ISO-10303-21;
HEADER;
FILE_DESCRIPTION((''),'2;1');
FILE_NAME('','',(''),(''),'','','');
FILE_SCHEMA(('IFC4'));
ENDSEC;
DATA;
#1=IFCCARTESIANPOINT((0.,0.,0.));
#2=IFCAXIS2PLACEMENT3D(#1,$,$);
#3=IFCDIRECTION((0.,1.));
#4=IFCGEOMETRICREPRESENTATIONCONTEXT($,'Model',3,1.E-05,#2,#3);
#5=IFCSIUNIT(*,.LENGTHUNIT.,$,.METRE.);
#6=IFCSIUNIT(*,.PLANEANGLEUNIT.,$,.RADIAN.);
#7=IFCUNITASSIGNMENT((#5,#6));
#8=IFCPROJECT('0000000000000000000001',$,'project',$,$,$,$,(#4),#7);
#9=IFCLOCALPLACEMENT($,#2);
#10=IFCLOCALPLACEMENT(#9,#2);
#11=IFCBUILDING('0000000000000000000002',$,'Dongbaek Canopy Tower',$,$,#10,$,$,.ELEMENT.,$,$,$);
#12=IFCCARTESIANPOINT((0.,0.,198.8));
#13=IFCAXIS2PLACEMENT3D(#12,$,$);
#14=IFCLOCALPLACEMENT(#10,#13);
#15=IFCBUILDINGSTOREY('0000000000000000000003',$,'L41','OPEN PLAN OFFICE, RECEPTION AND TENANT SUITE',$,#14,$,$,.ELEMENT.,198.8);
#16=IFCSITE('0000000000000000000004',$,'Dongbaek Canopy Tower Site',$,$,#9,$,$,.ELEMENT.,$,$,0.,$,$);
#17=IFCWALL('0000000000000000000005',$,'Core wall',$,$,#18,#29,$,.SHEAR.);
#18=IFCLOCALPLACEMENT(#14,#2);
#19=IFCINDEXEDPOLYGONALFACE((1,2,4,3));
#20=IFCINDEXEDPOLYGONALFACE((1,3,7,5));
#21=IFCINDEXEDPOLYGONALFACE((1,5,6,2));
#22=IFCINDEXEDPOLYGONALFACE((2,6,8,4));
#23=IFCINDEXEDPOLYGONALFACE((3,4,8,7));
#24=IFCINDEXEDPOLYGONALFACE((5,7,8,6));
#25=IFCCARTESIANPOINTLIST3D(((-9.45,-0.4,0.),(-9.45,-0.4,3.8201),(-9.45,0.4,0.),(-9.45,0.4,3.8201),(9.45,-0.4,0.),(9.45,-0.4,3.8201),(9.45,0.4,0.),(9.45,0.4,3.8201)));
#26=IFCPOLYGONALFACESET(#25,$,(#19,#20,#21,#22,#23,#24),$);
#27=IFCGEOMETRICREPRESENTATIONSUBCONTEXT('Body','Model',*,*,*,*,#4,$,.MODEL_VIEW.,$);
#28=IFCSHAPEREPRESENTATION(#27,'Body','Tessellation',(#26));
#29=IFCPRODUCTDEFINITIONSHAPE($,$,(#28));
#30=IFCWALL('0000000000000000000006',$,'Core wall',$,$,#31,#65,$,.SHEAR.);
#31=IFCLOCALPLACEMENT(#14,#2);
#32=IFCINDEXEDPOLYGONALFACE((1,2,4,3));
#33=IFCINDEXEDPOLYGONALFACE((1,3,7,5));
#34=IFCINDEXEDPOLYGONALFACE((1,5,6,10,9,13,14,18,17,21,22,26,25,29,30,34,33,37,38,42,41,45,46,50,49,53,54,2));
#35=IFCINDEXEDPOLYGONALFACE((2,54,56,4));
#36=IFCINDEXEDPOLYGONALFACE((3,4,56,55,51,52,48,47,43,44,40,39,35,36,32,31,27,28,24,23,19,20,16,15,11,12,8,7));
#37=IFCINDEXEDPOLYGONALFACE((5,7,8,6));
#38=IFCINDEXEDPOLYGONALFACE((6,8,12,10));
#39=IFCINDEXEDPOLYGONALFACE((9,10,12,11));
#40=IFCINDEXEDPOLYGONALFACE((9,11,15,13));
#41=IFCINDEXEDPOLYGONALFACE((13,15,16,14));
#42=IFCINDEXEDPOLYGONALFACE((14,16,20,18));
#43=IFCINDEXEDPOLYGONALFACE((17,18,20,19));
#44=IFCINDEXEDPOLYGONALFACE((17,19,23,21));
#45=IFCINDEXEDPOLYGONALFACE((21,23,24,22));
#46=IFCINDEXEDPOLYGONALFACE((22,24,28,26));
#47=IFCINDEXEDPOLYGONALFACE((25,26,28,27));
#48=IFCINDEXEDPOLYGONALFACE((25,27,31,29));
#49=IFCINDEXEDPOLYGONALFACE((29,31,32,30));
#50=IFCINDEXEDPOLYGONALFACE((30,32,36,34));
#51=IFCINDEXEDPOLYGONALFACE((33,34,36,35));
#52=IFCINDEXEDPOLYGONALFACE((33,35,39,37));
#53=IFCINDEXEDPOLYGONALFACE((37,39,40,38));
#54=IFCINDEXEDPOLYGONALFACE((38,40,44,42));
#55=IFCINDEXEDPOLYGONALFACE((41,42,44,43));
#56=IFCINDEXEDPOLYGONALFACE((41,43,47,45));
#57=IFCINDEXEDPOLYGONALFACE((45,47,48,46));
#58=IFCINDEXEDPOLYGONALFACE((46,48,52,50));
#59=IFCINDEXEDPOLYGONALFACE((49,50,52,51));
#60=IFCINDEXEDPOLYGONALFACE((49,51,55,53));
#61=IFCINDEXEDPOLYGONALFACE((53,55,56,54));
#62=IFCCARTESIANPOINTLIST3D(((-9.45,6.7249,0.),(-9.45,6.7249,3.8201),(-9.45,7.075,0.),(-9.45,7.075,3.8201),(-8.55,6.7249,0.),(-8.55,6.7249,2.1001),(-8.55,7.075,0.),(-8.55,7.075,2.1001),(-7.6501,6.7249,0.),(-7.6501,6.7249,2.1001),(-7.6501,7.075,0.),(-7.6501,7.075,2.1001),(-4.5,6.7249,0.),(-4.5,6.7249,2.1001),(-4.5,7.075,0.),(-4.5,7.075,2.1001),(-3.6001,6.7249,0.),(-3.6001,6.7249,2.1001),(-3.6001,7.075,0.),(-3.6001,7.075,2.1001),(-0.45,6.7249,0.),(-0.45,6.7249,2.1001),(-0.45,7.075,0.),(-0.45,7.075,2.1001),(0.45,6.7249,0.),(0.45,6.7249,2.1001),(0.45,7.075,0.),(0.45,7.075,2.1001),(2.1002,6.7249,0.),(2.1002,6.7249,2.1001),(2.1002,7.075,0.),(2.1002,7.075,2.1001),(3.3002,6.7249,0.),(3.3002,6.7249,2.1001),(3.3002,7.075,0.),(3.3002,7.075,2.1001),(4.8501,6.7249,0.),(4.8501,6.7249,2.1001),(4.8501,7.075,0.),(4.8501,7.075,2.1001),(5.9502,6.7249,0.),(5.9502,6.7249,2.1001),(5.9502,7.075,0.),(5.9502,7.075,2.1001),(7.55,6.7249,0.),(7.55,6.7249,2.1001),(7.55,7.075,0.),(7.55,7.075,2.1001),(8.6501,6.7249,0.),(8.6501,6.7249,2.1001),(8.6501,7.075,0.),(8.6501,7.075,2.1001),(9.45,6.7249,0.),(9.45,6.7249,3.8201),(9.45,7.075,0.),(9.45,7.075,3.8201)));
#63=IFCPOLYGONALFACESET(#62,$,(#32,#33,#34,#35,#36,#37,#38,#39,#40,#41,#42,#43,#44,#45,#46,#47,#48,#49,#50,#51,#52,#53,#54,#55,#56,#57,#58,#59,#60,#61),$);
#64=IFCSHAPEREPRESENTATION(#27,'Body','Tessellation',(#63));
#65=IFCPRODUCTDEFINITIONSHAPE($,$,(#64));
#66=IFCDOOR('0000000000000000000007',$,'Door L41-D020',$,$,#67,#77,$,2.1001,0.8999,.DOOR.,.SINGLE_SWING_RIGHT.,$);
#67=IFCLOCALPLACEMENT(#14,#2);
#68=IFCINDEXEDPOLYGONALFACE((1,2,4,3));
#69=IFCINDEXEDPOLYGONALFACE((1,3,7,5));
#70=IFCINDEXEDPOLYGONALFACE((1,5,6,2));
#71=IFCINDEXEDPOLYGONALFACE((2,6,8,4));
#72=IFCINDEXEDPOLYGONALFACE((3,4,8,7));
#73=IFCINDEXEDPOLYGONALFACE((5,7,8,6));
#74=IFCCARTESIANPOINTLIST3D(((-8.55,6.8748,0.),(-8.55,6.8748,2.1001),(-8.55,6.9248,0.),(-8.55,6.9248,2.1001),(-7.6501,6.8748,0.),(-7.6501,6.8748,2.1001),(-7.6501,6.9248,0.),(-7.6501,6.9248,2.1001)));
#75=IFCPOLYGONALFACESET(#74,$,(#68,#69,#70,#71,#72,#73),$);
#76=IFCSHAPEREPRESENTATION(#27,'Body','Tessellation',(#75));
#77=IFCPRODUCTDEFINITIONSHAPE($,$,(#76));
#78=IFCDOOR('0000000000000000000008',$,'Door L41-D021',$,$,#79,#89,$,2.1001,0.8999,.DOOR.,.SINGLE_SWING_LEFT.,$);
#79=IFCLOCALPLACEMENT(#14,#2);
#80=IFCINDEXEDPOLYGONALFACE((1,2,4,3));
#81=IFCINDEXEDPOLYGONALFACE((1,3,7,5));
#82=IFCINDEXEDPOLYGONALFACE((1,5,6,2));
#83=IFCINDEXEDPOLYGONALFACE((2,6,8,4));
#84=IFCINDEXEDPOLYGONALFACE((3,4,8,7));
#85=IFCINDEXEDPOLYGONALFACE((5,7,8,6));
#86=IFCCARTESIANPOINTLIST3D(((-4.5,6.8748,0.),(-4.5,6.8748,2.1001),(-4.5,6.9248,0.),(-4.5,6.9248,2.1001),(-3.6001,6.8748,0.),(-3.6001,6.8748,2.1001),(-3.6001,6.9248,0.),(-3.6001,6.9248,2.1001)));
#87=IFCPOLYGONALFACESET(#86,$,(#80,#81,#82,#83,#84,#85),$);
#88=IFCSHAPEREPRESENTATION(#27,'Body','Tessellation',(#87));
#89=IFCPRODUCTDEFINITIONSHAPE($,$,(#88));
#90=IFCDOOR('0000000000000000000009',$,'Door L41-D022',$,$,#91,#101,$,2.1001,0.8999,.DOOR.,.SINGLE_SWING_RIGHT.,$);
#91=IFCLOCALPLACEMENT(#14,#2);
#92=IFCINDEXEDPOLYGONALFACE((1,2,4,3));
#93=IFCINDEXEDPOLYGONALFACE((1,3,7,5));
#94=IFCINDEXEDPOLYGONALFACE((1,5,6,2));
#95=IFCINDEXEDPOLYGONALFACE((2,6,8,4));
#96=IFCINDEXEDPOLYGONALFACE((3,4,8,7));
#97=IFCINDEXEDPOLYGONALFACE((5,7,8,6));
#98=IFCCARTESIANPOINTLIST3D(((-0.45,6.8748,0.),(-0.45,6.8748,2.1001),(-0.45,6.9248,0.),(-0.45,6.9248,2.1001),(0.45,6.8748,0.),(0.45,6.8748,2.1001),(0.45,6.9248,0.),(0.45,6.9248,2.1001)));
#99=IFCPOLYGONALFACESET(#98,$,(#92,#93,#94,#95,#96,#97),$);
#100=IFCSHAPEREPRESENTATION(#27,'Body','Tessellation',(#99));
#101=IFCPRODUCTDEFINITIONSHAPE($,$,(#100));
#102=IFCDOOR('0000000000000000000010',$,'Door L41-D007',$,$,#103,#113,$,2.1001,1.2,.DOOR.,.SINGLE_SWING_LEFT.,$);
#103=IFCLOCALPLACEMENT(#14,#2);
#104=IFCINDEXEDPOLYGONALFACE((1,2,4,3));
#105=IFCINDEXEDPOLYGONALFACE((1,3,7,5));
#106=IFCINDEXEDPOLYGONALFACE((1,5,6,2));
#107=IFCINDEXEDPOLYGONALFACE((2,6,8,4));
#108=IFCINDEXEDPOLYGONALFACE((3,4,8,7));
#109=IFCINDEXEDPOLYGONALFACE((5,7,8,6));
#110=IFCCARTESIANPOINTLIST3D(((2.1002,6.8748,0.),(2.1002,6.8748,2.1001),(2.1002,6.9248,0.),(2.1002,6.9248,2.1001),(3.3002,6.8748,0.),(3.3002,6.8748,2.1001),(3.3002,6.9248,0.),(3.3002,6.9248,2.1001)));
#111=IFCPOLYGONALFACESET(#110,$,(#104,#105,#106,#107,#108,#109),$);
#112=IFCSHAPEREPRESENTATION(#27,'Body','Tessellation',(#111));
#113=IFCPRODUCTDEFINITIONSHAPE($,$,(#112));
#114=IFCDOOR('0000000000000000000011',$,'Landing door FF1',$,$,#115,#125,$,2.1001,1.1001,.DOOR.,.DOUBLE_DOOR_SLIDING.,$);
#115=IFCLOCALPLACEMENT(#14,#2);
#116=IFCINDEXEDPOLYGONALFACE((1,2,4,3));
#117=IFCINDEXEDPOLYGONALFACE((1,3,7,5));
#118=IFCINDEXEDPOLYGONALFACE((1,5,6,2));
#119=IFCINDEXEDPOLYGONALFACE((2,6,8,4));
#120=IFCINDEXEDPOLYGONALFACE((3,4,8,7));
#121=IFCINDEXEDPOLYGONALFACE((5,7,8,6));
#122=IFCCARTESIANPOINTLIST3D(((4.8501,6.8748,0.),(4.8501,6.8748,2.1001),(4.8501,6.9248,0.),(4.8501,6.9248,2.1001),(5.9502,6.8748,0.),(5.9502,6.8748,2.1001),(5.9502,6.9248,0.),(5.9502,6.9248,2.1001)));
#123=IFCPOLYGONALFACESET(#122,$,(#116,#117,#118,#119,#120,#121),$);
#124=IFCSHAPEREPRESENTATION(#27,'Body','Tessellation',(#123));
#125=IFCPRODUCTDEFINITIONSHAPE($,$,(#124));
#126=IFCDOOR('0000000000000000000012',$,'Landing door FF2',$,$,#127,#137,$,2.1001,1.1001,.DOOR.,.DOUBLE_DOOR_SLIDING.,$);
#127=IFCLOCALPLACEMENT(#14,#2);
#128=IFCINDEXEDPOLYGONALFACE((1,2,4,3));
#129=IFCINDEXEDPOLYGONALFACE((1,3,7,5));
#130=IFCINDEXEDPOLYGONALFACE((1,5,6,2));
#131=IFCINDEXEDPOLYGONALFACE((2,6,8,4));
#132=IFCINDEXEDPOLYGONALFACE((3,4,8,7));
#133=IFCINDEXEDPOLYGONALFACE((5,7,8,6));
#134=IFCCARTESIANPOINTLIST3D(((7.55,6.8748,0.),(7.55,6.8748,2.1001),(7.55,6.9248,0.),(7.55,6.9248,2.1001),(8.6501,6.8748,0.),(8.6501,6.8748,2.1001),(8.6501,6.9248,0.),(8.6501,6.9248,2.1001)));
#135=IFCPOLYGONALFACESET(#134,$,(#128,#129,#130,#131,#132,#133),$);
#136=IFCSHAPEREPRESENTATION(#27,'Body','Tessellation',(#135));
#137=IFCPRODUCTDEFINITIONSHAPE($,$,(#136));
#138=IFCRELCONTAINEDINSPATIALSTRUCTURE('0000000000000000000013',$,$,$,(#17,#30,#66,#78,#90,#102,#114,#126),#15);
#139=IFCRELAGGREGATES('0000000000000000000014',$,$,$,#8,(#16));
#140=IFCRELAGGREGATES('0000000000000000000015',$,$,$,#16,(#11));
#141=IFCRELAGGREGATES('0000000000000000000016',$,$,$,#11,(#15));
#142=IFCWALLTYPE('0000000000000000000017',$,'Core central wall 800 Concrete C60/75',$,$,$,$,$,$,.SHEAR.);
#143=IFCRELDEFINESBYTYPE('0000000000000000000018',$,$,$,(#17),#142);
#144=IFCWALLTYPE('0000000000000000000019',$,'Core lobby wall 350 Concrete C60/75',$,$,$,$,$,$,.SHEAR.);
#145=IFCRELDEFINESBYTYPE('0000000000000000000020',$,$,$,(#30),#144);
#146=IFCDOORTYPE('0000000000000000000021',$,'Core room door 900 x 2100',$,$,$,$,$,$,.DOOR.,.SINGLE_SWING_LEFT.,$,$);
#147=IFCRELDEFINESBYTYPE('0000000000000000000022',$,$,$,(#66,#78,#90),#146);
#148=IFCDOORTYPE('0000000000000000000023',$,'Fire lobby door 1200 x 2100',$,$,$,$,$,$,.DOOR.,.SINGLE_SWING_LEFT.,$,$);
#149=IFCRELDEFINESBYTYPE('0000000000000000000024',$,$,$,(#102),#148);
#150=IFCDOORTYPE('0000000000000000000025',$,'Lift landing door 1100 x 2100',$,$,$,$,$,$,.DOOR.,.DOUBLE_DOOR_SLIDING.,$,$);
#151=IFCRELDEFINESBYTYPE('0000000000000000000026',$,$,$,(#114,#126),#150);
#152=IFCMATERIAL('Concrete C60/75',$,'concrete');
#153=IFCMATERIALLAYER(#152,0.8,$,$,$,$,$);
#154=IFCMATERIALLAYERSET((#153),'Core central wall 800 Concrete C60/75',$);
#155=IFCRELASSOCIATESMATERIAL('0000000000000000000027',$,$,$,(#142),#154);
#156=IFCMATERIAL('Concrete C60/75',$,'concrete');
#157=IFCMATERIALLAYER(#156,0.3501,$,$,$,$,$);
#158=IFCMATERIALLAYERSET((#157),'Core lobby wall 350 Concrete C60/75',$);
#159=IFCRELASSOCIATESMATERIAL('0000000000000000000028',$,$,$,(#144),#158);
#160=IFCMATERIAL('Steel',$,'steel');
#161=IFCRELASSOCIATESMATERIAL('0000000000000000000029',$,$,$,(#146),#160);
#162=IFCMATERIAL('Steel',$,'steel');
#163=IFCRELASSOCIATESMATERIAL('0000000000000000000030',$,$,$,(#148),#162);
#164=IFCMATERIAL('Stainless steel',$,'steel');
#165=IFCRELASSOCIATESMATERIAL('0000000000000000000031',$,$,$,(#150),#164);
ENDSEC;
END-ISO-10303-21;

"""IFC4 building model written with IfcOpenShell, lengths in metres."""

from ifc_helpers import new_model, si_unit, direction, frame, frame_2d, origin, place, context, subcontext, project, spatial, rectangle, extrude, material, layer, layer_set, type_object, element, fill, save


model = new_model("IFC4")

# Units and contexts
model_context = context("Model", 3, precision=1e-05, world=origin(), true_north=direction((0.0, 1.0)))
body_context = subcontext(model_context, "Body", "Model", "MODEL_VIEW")
ifc_project = project(units=[si_unit("LENGTHUNIT", "METRE"), si_unit("PLANEANGLEUNIT", "RADIAN")], contexts=[model_context])

# Site, building, storey
site_placement = place(None, origin())
site = spatial("IfcSite", under=ifc_project, at=site_placement, Name="Dongbaek Canopy Tower Site", CompositionType="ELEMENT", RefElevation=0.0)
building_placement = place(site_placement, origin())
building = spatial("IfcBuilding", under=site, at=building_placement, Name="Dongbaek Canopy Tower", CompositionType="ELEMENT")
storey_placement = place(building_placement, frame((0.0, 0.0, 198.8)))
storey = spatial("IfcBuildingStorey", under=building, at=storey_placement, Name="L41", Description="OPEN PLAN OFFICE, RECEPTION AND TENANT SUITE", CompositionType="ELEMENT", Elevation=198.8)

# Wall
ifc_material_1 = material(Name="Concrete C60/75", Category="concrete")
ifc_layer_1 = layer(ifc_material_1, 0.8)
ifc_layer_set_1 = layer_set([ifc_layer_1], Name="Core central wall 800 Concrete C60/75")
wall_type_1 = type_object("IfcWallType", Name="Core central wall 800 Concrete C60/75", PredefinedType="SHEAR", material=ifc_layer_set_1)
wall_1_placement = place(storey_placement, frame((-9.45, 0.0, 0.0), z_axis=(0.0, 0.0, 1.0), x_axis=(1.0, 0.0, 0.0)))
element("IfcWall", 1, at=wall_1_placement, inside=storey, type_object=wall_type_1, Name="Core wall", PredefinedType="SHEAR", context=body_context, shape_type="SweptSolid", body=[
    extrude(rectangle(XDim=18.8999, YDim=0.8, at=frame_2d((9.45, 0.0))), origin(), (0.0, 0.0, 1.0), 3.8201),
])

# Wall, openings, doors
ifc_material_2 = material(Name="Concrete C60/75", Category="concrete")
ifc_layer_2 = layer(ifc_material_2, 0.3501)
ifc_layer_set_2 = layer_set([ifc_layer_2], Name="Core lobby wall 350 Concrete C60/75")
wall_type_2 = type_object("IfcWallType", Name="Core lobby wall 350 Concrete C60/75", PredefinedType="SHEAR", material=ifc_layer_set_2)
wall_2_placement = place(storey_placement, frame((-9.45, 6.8999, 0.0), z_axis=(0.0, 0.0, 1.0), x_axis=(1.0, 0.0, 0.0)))
wall_2 = element("IfcWall", 2, at=wall_2_placement, inside=storey, type_object=wall_type_2, Name="Core wall", PredefinedType="SHEAR", context=body_context, shape_type="SweptSolid", body=[
    extrude(rectangle(XDim=18.8999, YDim=0.3501, at=frame_2d((9.45, 0.0))), origin(), (0.0, 0.0, 1.0), 3.8201),
])
opening_1_placement = place(wall_2_placement, frame((11.55, 0.0, 0.0)))
opening_1 = element("IfcOpeningElement", 3, at=opening_1_placement, cuts=wall_2, PredefinedType="OPENING", context=body_context, shape_type="SweptSolid", body=[
    extrude(rectangle(XDim=1.2, YDim=2.1001, at=frame_2d((0.6001, 1.05))), frame((0.0, 0.1851, 0.0), z_axis=(0.0, -1.0, 0.0), x_axis=(1.0, 0.0, 0.0)), (0.0, 0.0, 1.0), 0.3701),
])
opening_2_placement = place(wall_2_placement, frame((14.3, 0.0, 0.0)))
opening_2 = element("IfcOpeningElement", 4, at=opening_2_placement, cuts=wall_2, PredefinedType="OPENING", context=body_context, shape_type="SweptSolid", body=[
    extrude(rectangle(XDim=1.1001, YDim=2.1001, at=frame_2d((0.55, 1.05))), frame((0.0, 0.1851, 0.0), z_axis=(0.0, -1.0, 0.0), x_axis=(1.0, 0.0, 0.0)), (0.0, 0.0, 1.0), 0.3701),
])
opening_3_placement = place(wall_2_placement, frame((17.0, 0.0, 0.0)))
opening_3 = element("IfcOpeningElement", 5, at=opening_3_placement, cuts=wall_2, PredefinedType="OPENING", context=body_context, shape_type="SweptSolid", body=[
    extrude(rectangle(XDim=1.1001, YDim=2.1001, at=frame_2d((0.55, 1.05))), frame((0.0, 0.1851, 0.0), z_axis=(0.0, -1.0, 0.0), x_axis=(1.0, 0.0, 0.0)), (0.0, 0.0, 1.0), 0.3701),
])
opening_4_placement = place(wall_2_placement, frame((0.8999, 0.0, 0.0)))
opening_4 = element("IfcOpeningElement", 6, at=opening_4_placement, cuts=wall_2, PredefinedType="OPENING", context=body_context, shape_type="SweptSolid", body=[
    extrude(rectangle(XDim=0.8999, YDim=2.1001, at=frame_2d((0.45, 1.05))), frame((0.0, 0.1851, 0.0), z_axis=(0.0, -1.0, 0.0), x_axis=(1.0, 0.0, 0.0)), (0.0, 0.0, 1.0), 0.3701),
])
opening_5_placement = place(wall_2_placement, frame((4.95, 0.0, 0.0)))
opening_5 = element("IfcOpeningElement", 7, at=opening_5_placement, cuts=wall_2, PredefinedType="OPENING", context=body_context, shape_type="SweptSolid", body=[
    extrude(rectangle(XDim=0.8999, YDim=2.1001, at=frame_2d((0.45, 1.05))), frame((0.0, 0.1851, 0.0), z_axis=(0.0, -1.0, 0.0), x_axis=(1.0, 0.0, 0.0)), (0.0, 0.0, 1.0), 0.3701),
])
opening_6_placement = place(wall_2_placement, frame((9.0, 0.0, 0.0)))
opening_6 = element("IfcOpeningElement", 8, at=opening_6_placement, cuts=wall_2, PredefinedType="OPENING", context=body_context, shape_type="SweptSolid", body=[
    extrude(rectangle(XDim=0.8999, YDim=2.1001, at=frame_2d((0.45, 1.05))), frame((0.0, 0.1851, 0.0), z_axis=(0.0, -1.0, 0.0), x_axis=(1.0, 0.0, 0.0)), (0.0, 0.0, 1.0), 0.3701),
])
ifc_material_3 = material(Name="Steel", Category="steel")
door_type_1 = type_object("IfcDoorType", Name="Core room door 900 x 2100", OperationType="SINGLE_SWING_LEFT", PredefinedType="DOOR", material=ifc_material_3)
door_1_placement = place(opening_4_placement, origin())
door_1 = element("IfcDoor", 9, at=door_1_placement, inside=storey, type_object=door_type_1, Name="Door L41-D020", OperationType="SINGLE_SWING_RIGHT", OverallHeight=2.1001, OverallWidth=0.8999, PredefinedType="DOOR", context=body_context, shape_type="SweptSolid", body=[
    extrude(rectangle(XDim=0.8999, YDim=2.1001, at=frame_2d((0.45, 1.05))), frame((0.0, 0.0249, 0.0), z_axis=(0.0, -1.0, 0.0), x_axis=(1.0, 0.0, 0.0)), (0.0, 0.0, 1.0), 0.05),
])
fill(opening_4, door_1)
door_2_placement = place(opening_5_placement, origin())
door_2 = element("IfcDoor", 10, at=door_2_placement, inside=storey, type_object=door_type_1, Name="Door L41-D021", OperationType="SINGLE_SWING_LEFT", OverallHeight=2.1001, OverallWidth=0.8999, PredefinedType="DOOR", context=body_context, shape_type="SweptSolid", body=[
    extrude(rectangle(XDim=0.8999, YDim=2.1001, at=frame_2d((0.45, 1.05))), frame((0.0, 0.0249, 0.0), z_axis=(0.0, -1.0, 0.0), x_axis=(1.0, 0.0, 0.0)), (0.0, 0.0, 1.0), 0.05),
])
fill(opening_5, door_2)
door_3_placement = place(opening_6_placement, origin())
door_3 = element("IfcDoor", 11, at=door_3_placement, inside=storey, type_object=door_type_1, Name="Door L41-D022", OperationType="SINGLE_SWING_RIGHT", OverallHeight=2.1001, OverallWidth=0.8999, PredefinedType="DOOR", context=body_context, shape_type="SweptSolid", body=[
    extrude(rectangle(XDim=0.8999, YDim=2.1001, at=frame_2d((0.45, 1.05))), frame((0.0, 0.0249, 0.0), z_axis=(0.0, -1.0, 0.0), x_axis=(1.0, 0.0, 0.0)), (0.0, 0.0, 1.0), 0.05),
])
fill(opening_6, door_3)
ifc_material_4 = material(Name="Steel", Category="steel")
door_type_2 = type_object("IfcDoorType", Name="Fire lobby door 1200 x 2100", OperationType="SINGLE_SWING_LEFT", PredefinedType="DOOR", material=ifc_material_4)
door_4_placement = place(opening_1_placement, origin())
door_4 = element("IfcDoor", 12, at=door_4_placement, inside=storey, type_object=door_type_2, Name="Door L41-D007", OperationType="SINGLE_SWING_LEFT", OverallHeight=2.1001, OverallWidth=1.2, PredefinedType="DOOR", context=body_context, shape_type="SweptSolid", body=[
    extrude(rectangle(XDim=1.2, YDim=2.1001, at=frame_2d((0.6001, 1.05))), frame((0.0, 0.0249, 0.0), z_axis=(0.0, -1.0, 0.0), x_axis=(1.0, 0.0, 0.0)), (0.0, 0.0, 1.0), 0.05),
])
fill(opening_1, door_4)
ifc_material_5 = material(Name="Stainless steel", Category="steel")
door_type_3 = type_object("IfcDoorType", Name="Lift landing door 1100 x 2100", OperationType="DOUBLE_DOOR_SLIDING", PredefinedType="DOOR", material=ifc_material_5)
door_5_placement = place(opening_2_placement, origin())
door_5 = element("IfcDoor", 13, at=door_5_placement, inside=storey, type_object=door_type_3, Name="Landing door FF1", OperationType="DOUBLE_DOOR_SLIDING", OverallHeight=2.1001, OverallWidth=1.1001, PredefinedType="DOOR", context=body_context, shape_type="SweptSolid", body=[
    extrude(rectangle(XDim=1.1001, YDim=2.1001, at=frame_2d((0.55, 1.05))), frame((0.0, 0.0249, 0.0), z_axis=(0.0, -1.0, 0.0), x_axis=(1.0, 0.0, 0.0)), (0.0, 0.0, 1.0), 0.05),
])
fill(opening_2, door_5)
door_6_placement = place(opening_3_placement, origin())
door_6 = element("IfcDoor", 14, at=door_6_placement, inside=storey, type_object=door_type_3, Name="Landing door FF2", OperationType="DOUBLE_DOOR_SLIDING", OverallHeight=2.1001, OverallWidth=1.1001, PredefinedType="DOOR", context=body_context, shape_type="SweptSolid", body=[
    extrude(rectangle(XDim=1.1001, YDim=2.1001, at=frame_2d((0.55, 1.05))), frame((0.0, 0.0249, 0.0), z_axis=(0.0, -1.0, 0.0), x_axis=(1.0, 0.0, 0.0)), (0.0, 0.0, 1.0), 0.05),
])
fill(opening_3, door_6)

save(model, "model.ifc")
